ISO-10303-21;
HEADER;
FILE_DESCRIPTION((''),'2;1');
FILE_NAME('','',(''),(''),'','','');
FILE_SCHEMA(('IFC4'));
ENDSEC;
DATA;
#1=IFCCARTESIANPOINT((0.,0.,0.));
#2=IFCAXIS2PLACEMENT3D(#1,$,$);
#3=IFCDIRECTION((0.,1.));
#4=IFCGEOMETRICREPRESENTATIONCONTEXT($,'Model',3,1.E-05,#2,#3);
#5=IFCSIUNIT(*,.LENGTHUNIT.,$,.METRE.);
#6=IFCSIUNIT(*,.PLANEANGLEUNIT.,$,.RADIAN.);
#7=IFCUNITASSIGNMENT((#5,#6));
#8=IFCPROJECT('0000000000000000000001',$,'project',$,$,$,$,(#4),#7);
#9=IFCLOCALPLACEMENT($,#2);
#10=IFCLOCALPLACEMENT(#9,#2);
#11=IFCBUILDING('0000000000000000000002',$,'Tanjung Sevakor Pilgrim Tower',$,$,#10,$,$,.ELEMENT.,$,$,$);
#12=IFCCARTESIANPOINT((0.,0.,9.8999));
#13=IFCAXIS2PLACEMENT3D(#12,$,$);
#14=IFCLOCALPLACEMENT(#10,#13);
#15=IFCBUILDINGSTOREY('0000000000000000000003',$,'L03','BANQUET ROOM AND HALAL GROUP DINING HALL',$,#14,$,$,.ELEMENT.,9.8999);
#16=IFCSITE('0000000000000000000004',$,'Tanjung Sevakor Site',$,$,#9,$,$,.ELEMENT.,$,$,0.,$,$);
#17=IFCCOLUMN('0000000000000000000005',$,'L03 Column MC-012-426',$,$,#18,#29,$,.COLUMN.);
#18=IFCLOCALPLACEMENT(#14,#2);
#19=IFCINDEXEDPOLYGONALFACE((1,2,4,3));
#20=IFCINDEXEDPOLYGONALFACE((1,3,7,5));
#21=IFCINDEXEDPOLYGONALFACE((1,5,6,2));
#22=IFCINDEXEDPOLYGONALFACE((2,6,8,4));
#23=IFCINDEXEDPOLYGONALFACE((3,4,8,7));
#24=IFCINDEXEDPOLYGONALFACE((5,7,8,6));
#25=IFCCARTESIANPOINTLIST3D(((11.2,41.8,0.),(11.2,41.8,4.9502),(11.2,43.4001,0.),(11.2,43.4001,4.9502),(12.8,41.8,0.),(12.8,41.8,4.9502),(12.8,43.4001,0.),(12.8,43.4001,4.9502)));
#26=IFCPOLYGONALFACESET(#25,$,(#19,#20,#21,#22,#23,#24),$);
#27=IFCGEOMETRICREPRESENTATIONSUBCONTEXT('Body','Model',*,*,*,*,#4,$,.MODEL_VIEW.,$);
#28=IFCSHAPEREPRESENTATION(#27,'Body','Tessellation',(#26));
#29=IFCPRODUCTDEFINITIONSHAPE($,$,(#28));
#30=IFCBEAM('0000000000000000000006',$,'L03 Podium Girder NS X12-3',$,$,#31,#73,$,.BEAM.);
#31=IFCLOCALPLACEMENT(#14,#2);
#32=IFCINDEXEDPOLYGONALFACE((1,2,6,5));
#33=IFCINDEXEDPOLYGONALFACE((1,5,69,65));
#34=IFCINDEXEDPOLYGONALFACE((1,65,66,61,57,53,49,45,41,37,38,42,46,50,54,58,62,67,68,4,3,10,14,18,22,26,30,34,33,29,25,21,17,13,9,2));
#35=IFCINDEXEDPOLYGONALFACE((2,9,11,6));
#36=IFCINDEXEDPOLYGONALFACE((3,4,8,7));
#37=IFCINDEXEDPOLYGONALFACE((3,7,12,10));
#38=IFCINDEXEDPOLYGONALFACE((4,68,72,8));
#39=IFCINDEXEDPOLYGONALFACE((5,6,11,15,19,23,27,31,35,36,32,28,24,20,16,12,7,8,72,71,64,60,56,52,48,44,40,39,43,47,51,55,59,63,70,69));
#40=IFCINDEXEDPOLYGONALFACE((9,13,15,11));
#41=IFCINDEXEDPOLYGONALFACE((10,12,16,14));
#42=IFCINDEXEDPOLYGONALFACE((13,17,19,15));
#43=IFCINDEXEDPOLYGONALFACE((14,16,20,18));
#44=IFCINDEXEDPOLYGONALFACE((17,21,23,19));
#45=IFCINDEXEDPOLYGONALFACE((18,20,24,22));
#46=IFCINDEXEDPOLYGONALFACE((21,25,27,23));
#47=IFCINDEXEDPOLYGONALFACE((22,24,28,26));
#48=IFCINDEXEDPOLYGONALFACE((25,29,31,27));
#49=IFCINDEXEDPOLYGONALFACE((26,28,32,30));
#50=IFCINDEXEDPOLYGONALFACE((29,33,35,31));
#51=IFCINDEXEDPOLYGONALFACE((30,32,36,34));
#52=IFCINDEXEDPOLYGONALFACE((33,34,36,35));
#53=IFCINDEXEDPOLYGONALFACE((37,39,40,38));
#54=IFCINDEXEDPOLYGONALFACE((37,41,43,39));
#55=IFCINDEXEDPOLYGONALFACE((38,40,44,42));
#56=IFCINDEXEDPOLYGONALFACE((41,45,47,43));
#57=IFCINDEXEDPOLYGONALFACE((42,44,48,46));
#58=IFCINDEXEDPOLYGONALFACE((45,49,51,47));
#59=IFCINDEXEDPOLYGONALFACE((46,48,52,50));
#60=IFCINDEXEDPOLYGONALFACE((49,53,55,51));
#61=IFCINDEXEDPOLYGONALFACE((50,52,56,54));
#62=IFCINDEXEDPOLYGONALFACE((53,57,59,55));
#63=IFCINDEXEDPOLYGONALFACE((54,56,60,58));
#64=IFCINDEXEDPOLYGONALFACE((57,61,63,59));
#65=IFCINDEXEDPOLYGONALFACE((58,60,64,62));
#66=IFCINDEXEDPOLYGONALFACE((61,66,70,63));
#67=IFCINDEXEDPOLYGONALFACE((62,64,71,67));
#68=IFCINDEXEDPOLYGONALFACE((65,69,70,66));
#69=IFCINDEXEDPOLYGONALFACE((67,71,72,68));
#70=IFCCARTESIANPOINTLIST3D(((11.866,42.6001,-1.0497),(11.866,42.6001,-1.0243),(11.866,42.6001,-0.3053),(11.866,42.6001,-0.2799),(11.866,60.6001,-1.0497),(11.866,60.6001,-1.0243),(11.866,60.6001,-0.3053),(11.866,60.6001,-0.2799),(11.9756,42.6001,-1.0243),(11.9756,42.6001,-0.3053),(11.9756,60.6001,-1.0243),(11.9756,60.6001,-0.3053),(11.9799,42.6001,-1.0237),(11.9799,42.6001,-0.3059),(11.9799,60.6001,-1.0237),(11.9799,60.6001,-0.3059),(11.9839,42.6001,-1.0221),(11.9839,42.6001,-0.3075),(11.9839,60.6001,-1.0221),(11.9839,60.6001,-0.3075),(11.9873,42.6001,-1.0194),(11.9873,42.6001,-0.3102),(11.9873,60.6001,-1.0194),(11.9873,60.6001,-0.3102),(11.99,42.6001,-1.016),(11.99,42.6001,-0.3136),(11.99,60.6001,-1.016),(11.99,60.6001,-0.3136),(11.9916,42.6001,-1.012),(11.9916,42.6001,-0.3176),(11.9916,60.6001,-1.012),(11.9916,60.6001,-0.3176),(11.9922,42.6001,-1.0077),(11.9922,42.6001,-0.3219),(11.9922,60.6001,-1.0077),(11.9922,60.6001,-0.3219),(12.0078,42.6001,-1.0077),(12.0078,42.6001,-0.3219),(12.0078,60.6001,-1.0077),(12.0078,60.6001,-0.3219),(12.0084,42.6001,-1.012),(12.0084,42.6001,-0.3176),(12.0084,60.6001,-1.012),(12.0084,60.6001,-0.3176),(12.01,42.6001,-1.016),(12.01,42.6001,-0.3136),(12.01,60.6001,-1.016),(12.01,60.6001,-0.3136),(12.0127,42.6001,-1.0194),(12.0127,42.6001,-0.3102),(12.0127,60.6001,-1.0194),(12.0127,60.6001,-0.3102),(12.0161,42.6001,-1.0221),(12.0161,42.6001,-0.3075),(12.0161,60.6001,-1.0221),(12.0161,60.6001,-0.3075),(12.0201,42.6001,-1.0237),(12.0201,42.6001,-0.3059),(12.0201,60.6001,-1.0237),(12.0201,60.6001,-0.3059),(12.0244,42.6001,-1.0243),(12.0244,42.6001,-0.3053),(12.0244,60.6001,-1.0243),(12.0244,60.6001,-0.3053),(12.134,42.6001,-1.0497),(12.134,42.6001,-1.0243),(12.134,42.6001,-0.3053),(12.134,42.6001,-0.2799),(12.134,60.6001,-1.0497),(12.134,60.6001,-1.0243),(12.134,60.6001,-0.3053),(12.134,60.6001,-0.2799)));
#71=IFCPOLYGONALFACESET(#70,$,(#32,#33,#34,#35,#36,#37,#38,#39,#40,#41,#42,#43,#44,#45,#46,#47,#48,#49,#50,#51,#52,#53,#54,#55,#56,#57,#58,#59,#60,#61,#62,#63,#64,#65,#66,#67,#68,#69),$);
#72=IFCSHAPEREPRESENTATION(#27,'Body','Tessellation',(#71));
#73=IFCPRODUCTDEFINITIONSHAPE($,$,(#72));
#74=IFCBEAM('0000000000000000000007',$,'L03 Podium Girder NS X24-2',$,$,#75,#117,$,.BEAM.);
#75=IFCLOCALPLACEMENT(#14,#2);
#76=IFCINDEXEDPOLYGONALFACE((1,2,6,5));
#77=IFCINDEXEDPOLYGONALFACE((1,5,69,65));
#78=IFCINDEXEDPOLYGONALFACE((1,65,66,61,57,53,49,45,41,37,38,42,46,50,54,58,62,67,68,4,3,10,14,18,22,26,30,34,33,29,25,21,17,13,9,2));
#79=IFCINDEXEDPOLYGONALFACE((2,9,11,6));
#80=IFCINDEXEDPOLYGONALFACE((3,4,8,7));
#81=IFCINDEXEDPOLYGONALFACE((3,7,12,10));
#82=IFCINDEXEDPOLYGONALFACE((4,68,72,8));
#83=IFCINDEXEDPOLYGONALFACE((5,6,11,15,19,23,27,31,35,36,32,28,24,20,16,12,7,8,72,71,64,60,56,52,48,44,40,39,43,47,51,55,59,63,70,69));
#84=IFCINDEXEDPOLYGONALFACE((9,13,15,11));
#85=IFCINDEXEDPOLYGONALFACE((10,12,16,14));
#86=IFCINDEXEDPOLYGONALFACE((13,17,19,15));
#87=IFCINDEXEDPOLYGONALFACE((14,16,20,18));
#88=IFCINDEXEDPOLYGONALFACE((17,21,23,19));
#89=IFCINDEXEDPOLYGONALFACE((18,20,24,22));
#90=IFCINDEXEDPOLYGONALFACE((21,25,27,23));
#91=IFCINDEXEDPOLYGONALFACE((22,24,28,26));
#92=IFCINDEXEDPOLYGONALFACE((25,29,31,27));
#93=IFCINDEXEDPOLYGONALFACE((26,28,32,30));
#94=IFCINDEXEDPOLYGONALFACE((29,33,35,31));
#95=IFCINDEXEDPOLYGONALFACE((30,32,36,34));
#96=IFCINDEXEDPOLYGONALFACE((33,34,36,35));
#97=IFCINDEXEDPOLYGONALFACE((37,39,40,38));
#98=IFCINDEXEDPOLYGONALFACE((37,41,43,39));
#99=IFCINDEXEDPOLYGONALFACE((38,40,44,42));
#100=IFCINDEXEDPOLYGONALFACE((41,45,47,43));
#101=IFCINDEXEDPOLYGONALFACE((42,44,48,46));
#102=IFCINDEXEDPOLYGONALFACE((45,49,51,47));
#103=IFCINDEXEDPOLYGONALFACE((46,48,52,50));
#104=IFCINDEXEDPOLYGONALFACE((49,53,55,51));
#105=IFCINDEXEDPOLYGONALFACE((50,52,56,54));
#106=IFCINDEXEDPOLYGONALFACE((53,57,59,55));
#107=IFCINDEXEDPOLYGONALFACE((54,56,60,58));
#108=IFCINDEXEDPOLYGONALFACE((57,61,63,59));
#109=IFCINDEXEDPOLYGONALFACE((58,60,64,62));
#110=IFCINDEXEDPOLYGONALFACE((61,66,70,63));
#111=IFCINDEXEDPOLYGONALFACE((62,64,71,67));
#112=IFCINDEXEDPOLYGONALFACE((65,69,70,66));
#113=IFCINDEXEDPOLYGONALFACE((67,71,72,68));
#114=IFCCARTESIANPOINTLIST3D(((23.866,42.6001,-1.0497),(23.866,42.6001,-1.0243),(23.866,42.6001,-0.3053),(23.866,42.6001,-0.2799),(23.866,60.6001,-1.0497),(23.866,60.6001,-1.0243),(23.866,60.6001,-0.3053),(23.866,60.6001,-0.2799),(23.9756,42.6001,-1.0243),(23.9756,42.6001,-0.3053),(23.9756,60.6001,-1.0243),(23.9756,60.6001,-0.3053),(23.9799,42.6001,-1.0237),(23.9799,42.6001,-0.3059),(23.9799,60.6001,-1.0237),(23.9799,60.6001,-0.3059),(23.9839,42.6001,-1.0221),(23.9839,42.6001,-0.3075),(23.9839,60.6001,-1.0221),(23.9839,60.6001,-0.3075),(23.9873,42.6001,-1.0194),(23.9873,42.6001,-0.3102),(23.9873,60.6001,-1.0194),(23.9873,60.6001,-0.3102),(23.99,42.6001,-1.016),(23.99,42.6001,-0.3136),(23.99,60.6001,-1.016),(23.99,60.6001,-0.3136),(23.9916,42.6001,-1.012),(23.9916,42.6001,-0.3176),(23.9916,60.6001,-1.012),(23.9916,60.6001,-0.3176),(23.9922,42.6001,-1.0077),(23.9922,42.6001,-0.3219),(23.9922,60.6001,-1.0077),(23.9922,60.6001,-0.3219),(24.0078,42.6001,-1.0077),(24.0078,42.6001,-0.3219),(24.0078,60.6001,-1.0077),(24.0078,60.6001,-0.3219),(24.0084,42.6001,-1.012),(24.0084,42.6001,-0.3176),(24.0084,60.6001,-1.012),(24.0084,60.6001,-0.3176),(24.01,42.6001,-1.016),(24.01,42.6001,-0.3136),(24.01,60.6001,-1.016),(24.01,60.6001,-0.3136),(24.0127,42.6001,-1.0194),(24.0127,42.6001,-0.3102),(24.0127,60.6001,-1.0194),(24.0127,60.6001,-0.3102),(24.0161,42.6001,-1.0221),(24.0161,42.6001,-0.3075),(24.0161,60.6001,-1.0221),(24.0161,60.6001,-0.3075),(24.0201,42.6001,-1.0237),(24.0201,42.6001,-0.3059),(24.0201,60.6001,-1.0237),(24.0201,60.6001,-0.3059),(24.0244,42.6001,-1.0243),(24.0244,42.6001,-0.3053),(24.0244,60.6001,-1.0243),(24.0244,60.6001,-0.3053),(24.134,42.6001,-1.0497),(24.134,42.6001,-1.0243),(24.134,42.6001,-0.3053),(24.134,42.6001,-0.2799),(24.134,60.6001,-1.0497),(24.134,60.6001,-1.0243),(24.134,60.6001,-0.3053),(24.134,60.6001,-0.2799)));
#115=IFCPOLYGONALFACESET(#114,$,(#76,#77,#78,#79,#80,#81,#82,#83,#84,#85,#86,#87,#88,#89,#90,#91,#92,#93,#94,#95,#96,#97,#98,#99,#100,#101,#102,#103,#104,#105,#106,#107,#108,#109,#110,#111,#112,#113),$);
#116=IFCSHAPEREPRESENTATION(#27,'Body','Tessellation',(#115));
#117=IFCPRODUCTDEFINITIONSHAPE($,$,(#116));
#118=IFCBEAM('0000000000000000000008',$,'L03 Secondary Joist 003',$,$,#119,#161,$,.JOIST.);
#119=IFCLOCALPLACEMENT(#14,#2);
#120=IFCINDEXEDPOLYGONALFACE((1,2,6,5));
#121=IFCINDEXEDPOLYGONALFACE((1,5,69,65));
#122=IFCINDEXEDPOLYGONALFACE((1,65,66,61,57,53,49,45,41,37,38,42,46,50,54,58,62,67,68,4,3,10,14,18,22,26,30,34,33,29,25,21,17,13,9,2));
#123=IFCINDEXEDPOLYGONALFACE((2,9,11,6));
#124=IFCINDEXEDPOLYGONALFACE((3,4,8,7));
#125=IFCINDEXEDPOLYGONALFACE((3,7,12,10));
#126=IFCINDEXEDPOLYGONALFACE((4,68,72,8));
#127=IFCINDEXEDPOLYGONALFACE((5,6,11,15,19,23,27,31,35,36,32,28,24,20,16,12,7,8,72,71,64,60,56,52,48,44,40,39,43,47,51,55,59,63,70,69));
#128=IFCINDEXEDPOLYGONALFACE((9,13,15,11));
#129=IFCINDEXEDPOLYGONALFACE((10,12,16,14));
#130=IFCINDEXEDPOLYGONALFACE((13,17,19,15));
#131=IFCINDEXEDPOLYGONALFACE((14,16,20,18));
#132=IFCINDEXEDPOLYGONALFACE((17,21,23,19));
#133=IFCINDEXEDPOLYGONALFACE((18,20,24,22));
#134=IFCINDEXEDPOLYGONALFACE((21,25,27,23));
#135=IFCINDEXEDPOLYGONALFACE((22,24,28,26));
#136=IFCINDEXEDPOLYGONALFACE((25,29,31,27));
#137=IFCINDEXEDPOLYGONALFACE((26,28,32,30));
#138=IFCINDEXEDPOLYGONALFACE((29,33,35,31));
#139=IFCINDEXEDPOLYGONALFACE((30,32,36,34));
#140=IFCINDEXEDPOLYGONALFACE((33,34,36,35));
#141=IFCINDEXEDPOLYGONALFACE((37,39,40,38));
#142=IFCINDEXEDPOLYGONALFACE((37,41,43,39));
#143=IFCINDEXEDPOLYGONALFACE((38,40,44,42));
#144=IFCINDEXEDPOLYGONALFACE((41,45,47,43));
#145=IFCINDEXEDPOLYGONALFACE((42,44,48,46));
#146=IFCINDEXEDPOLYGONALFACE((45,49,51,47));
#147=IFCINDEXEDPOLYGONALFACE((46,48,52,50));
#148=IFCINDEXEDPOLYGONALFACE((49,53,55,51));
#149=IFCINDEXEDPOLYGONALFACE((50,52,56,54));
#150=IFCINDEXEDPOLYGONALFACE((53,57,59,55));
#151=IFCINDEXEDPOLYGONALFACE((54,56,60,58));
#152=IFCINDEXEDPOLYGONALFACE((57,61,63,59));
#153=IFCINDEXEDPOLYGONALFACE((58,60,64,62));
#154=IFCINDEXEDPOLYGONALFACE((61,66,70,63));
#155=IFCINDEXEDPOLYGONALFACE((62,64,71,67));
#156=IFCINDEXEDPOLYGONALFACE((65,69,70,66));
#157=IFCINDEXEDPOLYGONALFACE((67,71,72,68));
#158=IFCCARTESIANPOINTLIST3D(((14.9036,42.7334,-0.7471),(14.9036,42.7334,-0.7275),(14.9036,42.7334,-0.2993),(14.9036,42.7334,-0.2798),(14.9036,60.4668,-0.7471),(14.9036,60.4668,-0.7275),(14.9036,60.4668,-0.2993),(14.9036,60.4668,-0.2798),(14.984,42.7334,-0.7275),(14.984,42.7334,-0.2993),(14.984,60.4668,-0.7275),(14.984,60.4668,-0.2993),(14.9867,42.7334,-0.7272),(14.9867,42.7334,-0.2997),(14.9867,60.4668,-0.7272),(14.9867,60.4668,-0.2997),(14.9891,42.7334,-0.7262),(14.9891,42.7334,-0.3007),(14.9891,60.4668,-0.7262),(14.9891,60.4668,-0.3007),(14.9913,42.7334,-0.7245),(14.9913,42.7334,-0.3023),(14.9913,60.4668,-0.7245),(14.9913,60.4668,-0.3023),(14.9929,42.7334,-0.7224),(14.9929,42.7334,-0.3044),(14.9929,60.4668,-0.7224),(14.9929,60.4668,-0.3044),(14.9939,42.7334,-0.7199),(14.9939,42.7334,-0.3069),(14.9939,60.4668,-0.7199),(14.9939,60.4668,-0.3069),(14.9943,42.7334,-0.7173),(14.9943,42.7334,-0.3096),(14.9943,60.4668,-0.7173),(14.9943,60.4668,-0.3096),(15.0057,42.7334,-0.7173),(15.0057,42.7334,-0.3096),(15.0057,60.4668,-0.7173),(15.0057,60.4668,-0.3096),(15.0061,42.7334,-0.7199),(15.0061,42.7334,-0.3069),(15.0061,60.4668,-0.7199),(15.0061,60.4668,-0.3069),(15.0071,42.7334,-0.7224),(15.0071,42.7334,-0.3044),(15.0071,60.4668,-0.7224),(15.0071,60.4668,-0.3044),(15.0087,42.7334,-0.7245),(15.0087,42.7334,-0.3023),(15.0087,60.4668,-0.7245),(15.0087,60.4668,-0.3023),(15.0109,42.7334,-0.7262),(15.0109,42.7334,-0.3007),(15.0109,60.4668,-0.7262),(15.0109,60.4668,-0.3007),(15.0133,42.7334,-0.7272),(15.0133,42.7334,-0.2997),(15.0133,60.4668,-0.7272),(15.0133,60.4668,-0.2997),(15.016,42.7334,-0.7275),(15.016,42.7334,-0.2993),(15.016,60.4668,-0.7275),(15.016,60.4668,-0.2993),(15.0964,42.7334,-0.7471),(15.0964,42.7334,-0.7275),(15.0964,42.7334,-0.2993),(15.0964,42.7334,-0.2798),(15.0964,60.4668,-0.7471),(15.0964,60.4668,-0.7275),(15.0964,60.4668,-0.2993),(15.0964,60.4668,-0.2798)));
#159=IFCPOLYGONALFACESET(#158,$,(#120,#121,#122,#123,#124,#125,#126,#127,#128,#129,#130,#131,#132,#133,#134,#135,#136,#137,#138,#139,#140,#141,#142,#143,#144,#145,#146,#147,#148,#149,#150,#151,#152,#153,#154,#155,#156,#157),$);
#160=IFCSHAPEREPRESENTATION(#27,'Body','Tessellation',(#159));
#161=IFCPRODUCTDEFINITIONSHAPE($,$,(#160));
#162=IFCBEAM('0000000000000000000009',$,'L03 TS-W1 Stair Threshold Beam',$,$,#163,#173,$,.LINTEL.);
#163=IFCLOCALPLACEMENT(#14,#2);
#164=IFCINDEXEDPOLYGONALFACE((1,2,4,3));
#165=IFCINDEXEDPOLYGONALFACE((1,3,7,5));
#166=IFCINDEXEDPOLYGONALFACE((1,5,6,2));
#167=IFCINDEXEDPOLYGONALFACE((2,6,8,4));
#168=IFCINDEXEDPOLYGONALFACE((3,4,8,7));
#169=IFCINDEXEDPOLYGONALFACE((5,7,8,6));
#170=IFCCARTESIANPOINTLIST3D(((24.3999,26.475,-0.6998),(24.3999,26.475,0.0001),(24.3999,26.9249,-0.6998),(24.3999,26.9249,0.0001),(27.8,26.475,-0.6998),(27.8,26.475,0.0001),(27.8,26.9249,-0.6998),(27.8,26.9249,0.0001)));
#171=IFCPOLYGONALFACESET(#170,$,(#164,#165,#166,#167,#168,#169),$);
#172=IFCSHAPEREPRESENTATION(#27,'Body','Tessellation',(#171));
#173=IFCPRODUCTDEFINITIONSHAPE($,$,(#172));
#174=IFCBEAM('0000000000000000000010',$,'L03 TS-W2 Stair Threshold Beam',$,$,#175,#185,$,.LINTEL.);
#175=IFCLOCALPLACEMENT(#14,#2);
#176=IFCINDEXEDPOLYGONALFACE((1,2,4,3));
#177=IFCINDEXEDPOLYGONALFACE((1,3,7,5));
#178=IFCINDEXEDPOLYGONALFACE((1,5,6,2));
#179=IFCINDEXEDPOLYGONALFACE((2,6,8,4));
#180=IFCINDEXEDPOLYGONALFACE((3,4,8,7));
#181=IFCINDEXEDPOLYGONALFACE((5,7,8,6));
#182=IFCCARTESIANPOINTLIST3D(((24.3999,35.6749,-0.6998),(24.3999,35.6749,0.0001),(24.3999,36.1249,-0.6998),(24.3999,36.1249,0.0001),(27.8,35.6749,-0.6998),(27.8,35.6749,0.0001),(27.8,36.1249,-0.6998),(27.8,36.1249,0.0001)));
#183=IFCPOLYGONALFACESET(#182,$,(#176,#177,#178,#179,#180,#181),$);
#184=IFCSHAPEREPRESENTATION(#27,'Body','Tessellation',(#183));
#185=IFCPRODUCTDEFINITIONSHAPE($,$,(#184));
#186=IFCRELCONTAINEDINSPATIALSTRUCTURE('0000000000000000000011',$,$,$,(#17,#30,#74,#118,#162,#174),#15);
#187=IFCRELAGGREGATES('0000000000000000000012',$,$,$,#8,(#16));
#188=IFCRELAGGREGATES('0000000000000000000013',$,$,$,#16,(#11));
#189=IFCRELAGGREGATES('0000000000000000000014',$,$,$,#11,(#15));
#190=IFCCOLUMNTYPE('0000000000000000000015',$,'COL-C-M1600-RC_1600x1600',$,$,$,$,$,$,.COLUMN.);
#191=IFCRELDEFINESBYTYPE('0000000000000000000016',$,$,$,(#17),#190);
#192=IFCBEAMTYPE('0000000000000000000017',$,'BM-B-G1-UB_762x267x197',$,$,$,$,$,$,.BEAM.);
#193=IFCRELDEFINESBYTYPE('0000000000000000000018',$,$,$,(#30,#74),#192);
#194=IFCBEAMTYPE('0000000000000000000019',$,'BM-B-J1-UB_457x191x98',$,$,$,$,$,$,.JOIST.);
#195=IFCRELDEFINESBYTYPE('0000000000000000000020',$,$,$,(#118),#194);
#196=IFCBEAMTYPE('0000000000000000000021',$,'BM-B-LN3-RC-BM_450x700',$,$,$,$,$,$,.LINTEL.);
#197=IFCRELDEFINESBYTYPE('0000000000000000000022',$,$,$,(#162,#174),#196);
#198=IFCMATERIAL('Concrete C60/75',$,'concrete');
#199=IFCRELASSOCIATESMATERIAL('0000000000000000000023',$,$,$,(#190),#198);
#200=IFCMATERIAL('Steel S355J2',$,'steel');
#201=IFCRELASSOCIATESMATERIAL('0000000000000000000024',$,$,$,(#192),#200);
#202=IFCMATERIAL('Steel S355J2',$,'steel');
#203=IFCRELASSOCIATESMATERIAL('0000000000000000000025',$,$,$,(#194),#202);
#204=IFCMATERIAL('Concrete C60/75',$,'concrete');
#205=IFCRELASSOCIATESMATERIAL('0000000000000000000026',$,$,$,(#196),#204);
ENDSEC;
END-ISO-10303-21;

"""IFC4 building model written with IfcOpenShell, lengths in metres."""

from ifc_helpers import new_model, si_unit, direction, frame, origin, origin_2d, place, context, subcontext, project, spatial, rectangle, i_section, extrude, material, material_profile, profile_set, type_object, element, save


model = new_model("IFC4")

# Units and contexts
model_context = context("Model", 3, precision=1e-05, world=origin(), true_north=direction((0.0, 1.0)))
body_context = subcontext(model_context, "Body", "Model", "MODEL_VIEW")
ifc_project = project(units=[si_unit("LENGTHUNIT", "METRE"), si_unit("PLANEANGLEUNIT", "RADIAN")], contexts=[model_context])

# Site, building, storey
site_placement = place(None, origin())
site = spatial("IfcSite", under=ifc_project, at=site_placement, Name="Tanjung Sevakor Site", CompositionType="ELEMENT", RefElevation=0.0)
building_placement = place(site_placement, origin())
building = spatial("IfcBuilding", under=site, at=building_placement, Name="Tanjung Sevakor Pilgrim Tower", CompositionType="ELEMENT")
storey_placement = place(building_placement, frame((0.0, 0.0, 9.8999)))
storey = spatial("IfcBuildingStorey", under=building, at=storey_placement, Name="L03", Description="BANQUET ROOM AND HALAL GROUP DINING HALL", CompositionType="ELEMENT", Elevation=9.8999)

# Column
ifc_material_1 = material(Name="Concrete C60/75", Category="concrete")
ifc_material_profile_1 = material_profile(ifc_material_1, rectangle(XDim=1.6001, YDim=1.6001, at=origin_2d()))
ifc_profile_set_1 = profile_set([ifc_material_profile_1], Name="Concrete C60/75")
column_type = type_object("IfcColumnType", Name="COL-C-M1600-RC_1600x1600", PredefinedType="COLUMN", material=ifc_profile_set_1)
column_placement = place(storey_placement, frame((12.0, 42.6001, 0.0), z_axis=(0.0, 0.0, 1.0), x_axis=(1.0, 0.0, 0.0)))
element("IfcColumn", 1, at=column_placement, inside=storey, type_object=column_type, Name="L03 Column MC-012-426", PredefinedType="COLUMN", context=body_context, shape_type="SweptSolid", body=[
    extrude(rectangle(XDim=1.6001, YDim=1.6001, at=origin_2d()), origin(), (0.0, 0.0, 1.0), 4.9502),
])

# Beams
ifc_material_2 = material(Name="Steel S355J2", Category="steel")
ifc_material_profile_2 = material_profile(ifc_material_2, i_section(OverallWidth=0.2681, OverallDepth=0.7698, WebThickness=0.0156, FlangeThickness=0.0254, FilletRadius=0.0166, at=origin_2d()))
ifc_profile_set_2 = profile_set([ifc_material_profile_2], Name="Steel S355J2")
beam_type_1 = type_object("IfcBeamType", Name="BM-B-G1-UB_762x267x197", PredefinedType="BEAM", material=ifc_profile_set_2)
for number, where, z_axis, x_axis, name in (
    (2, (12.0, 42.6001, -0.6648), (0.0, 1.0, 0.0), (-1.0, 0.0, 0.0), "L03 Podium Girder NS X12-3"),
    (3, (24.0, 42.6001, -0.6648), (0.0, 1.0, 0.0), (-1.0, 0.0, 0.0), "L03 Podium Girder NS X24-2"),
):
    element("IfcBeam", number, at=place(storey_placement, frame(where, z_axis=z_axis, x_axis=x_axis)), inside=storey, type_object=beam_type_1, Name=name, PredefinedType="BEAM", context=body_context, shape_type="SweptSolid", body=[
        extrude(i_section(OverallWidth=0.2681, OverallDepth=0.7698, WebThickness=0.0156, FlangeThickness=0.0254, FilletRadius=0.0166, at=origin_2d()), origin(), (0.0, 0.0, 1.0), 18.0),
    ])
ifc_material_3 = material(Name="Steel S355J2", Category="steel")
ifc_material_profile_3 = material_profile(ifc_material_3, i_section(OverallWidth=0.1929, OverallDepth=0.4673, WebThickness=0.0115, FlangeThickness=0.0195, FilletRadius=0.0103, at=origin_2d()))
ifc_profile_set_3 = profile_set([ifc_material_profile_3], Name="Steel S355J2")
beam_type_2 = type_object("IfcBeamType", Name="BM-B-J1-UB_457x191x98", PredefinedType="JOIST", material=ifc_profile_set_3)
beam_1_placement = place(storey_placement, frame((15.0, 42.7334, -0.5134), z_axis=(0.0, 1.0, 0.0), x_axis=(-1.0, 0.0, 0.0)))
element("IfcBeam", 4, at=beam_1_placement, inside=storey, type_object=beam_type_2, Name="L03 Secondary Joist 003", PredefinedType="JOIST", context=body_context, shape_type="SweptSolid", body=[
    extrude(i_section(OverallWidth=0.1929, OverallDepth=0.4673, WebThickness=0.0115, FlangeThickness=0.0195, FilletRadius=0.0103, at=origin_2d()), origin(), (0.0, 0.0, 1.0), 17.7334),
])
ifc_material_4 = material(Name="Concrete C60/75", Category="concrete")
ifc_material_profile_4 = material_profile(ifc_material_4, rectangle(XDim=0.45, YDim=0.7, at=origin_2d()))
ifc_profile_set_4 = profile_set([ifc_material_profile_4], Name="Concrete C60/75")
beam_type_3 = type_object("IfcBeamType", Name="BM-B-LN3-RC-BM_450x700", PredefinedType="LINTEL", material=ifc_profile_set_4)
for number, where, z_axis, x_axis, name in (
    (5, (24.3999, 26.7, -0.3499), (1.0, 0.0, 0.0), (0.0, 1.0, 0.0), "L03 TS-W1 Stair Threshold Beam"),
    (6, (24.3999, 35.8999, -0.3499), (1.0, 0.0, 0.0), (0.0, 1.0, 0.0), "L03 TS-W2 Stair Threshold Beam"),
):
    element("IfcBeam", number, at=place(storey_placement, frame(where, z_axis=z_axis, x_axis=x_axis)), inside=storey, type_object=beam_type_3, Name=name, PredefinedType="LINTEL", context=body_context, shape_type="SweptSolid", body=[
        extrude(rectangle(XDim=0.45, YDim=0.7, at=origin_2d()), origin(), (0.0, 0.0, 1.0), 3.4001),
    ])

save(model, "model.ifc")
